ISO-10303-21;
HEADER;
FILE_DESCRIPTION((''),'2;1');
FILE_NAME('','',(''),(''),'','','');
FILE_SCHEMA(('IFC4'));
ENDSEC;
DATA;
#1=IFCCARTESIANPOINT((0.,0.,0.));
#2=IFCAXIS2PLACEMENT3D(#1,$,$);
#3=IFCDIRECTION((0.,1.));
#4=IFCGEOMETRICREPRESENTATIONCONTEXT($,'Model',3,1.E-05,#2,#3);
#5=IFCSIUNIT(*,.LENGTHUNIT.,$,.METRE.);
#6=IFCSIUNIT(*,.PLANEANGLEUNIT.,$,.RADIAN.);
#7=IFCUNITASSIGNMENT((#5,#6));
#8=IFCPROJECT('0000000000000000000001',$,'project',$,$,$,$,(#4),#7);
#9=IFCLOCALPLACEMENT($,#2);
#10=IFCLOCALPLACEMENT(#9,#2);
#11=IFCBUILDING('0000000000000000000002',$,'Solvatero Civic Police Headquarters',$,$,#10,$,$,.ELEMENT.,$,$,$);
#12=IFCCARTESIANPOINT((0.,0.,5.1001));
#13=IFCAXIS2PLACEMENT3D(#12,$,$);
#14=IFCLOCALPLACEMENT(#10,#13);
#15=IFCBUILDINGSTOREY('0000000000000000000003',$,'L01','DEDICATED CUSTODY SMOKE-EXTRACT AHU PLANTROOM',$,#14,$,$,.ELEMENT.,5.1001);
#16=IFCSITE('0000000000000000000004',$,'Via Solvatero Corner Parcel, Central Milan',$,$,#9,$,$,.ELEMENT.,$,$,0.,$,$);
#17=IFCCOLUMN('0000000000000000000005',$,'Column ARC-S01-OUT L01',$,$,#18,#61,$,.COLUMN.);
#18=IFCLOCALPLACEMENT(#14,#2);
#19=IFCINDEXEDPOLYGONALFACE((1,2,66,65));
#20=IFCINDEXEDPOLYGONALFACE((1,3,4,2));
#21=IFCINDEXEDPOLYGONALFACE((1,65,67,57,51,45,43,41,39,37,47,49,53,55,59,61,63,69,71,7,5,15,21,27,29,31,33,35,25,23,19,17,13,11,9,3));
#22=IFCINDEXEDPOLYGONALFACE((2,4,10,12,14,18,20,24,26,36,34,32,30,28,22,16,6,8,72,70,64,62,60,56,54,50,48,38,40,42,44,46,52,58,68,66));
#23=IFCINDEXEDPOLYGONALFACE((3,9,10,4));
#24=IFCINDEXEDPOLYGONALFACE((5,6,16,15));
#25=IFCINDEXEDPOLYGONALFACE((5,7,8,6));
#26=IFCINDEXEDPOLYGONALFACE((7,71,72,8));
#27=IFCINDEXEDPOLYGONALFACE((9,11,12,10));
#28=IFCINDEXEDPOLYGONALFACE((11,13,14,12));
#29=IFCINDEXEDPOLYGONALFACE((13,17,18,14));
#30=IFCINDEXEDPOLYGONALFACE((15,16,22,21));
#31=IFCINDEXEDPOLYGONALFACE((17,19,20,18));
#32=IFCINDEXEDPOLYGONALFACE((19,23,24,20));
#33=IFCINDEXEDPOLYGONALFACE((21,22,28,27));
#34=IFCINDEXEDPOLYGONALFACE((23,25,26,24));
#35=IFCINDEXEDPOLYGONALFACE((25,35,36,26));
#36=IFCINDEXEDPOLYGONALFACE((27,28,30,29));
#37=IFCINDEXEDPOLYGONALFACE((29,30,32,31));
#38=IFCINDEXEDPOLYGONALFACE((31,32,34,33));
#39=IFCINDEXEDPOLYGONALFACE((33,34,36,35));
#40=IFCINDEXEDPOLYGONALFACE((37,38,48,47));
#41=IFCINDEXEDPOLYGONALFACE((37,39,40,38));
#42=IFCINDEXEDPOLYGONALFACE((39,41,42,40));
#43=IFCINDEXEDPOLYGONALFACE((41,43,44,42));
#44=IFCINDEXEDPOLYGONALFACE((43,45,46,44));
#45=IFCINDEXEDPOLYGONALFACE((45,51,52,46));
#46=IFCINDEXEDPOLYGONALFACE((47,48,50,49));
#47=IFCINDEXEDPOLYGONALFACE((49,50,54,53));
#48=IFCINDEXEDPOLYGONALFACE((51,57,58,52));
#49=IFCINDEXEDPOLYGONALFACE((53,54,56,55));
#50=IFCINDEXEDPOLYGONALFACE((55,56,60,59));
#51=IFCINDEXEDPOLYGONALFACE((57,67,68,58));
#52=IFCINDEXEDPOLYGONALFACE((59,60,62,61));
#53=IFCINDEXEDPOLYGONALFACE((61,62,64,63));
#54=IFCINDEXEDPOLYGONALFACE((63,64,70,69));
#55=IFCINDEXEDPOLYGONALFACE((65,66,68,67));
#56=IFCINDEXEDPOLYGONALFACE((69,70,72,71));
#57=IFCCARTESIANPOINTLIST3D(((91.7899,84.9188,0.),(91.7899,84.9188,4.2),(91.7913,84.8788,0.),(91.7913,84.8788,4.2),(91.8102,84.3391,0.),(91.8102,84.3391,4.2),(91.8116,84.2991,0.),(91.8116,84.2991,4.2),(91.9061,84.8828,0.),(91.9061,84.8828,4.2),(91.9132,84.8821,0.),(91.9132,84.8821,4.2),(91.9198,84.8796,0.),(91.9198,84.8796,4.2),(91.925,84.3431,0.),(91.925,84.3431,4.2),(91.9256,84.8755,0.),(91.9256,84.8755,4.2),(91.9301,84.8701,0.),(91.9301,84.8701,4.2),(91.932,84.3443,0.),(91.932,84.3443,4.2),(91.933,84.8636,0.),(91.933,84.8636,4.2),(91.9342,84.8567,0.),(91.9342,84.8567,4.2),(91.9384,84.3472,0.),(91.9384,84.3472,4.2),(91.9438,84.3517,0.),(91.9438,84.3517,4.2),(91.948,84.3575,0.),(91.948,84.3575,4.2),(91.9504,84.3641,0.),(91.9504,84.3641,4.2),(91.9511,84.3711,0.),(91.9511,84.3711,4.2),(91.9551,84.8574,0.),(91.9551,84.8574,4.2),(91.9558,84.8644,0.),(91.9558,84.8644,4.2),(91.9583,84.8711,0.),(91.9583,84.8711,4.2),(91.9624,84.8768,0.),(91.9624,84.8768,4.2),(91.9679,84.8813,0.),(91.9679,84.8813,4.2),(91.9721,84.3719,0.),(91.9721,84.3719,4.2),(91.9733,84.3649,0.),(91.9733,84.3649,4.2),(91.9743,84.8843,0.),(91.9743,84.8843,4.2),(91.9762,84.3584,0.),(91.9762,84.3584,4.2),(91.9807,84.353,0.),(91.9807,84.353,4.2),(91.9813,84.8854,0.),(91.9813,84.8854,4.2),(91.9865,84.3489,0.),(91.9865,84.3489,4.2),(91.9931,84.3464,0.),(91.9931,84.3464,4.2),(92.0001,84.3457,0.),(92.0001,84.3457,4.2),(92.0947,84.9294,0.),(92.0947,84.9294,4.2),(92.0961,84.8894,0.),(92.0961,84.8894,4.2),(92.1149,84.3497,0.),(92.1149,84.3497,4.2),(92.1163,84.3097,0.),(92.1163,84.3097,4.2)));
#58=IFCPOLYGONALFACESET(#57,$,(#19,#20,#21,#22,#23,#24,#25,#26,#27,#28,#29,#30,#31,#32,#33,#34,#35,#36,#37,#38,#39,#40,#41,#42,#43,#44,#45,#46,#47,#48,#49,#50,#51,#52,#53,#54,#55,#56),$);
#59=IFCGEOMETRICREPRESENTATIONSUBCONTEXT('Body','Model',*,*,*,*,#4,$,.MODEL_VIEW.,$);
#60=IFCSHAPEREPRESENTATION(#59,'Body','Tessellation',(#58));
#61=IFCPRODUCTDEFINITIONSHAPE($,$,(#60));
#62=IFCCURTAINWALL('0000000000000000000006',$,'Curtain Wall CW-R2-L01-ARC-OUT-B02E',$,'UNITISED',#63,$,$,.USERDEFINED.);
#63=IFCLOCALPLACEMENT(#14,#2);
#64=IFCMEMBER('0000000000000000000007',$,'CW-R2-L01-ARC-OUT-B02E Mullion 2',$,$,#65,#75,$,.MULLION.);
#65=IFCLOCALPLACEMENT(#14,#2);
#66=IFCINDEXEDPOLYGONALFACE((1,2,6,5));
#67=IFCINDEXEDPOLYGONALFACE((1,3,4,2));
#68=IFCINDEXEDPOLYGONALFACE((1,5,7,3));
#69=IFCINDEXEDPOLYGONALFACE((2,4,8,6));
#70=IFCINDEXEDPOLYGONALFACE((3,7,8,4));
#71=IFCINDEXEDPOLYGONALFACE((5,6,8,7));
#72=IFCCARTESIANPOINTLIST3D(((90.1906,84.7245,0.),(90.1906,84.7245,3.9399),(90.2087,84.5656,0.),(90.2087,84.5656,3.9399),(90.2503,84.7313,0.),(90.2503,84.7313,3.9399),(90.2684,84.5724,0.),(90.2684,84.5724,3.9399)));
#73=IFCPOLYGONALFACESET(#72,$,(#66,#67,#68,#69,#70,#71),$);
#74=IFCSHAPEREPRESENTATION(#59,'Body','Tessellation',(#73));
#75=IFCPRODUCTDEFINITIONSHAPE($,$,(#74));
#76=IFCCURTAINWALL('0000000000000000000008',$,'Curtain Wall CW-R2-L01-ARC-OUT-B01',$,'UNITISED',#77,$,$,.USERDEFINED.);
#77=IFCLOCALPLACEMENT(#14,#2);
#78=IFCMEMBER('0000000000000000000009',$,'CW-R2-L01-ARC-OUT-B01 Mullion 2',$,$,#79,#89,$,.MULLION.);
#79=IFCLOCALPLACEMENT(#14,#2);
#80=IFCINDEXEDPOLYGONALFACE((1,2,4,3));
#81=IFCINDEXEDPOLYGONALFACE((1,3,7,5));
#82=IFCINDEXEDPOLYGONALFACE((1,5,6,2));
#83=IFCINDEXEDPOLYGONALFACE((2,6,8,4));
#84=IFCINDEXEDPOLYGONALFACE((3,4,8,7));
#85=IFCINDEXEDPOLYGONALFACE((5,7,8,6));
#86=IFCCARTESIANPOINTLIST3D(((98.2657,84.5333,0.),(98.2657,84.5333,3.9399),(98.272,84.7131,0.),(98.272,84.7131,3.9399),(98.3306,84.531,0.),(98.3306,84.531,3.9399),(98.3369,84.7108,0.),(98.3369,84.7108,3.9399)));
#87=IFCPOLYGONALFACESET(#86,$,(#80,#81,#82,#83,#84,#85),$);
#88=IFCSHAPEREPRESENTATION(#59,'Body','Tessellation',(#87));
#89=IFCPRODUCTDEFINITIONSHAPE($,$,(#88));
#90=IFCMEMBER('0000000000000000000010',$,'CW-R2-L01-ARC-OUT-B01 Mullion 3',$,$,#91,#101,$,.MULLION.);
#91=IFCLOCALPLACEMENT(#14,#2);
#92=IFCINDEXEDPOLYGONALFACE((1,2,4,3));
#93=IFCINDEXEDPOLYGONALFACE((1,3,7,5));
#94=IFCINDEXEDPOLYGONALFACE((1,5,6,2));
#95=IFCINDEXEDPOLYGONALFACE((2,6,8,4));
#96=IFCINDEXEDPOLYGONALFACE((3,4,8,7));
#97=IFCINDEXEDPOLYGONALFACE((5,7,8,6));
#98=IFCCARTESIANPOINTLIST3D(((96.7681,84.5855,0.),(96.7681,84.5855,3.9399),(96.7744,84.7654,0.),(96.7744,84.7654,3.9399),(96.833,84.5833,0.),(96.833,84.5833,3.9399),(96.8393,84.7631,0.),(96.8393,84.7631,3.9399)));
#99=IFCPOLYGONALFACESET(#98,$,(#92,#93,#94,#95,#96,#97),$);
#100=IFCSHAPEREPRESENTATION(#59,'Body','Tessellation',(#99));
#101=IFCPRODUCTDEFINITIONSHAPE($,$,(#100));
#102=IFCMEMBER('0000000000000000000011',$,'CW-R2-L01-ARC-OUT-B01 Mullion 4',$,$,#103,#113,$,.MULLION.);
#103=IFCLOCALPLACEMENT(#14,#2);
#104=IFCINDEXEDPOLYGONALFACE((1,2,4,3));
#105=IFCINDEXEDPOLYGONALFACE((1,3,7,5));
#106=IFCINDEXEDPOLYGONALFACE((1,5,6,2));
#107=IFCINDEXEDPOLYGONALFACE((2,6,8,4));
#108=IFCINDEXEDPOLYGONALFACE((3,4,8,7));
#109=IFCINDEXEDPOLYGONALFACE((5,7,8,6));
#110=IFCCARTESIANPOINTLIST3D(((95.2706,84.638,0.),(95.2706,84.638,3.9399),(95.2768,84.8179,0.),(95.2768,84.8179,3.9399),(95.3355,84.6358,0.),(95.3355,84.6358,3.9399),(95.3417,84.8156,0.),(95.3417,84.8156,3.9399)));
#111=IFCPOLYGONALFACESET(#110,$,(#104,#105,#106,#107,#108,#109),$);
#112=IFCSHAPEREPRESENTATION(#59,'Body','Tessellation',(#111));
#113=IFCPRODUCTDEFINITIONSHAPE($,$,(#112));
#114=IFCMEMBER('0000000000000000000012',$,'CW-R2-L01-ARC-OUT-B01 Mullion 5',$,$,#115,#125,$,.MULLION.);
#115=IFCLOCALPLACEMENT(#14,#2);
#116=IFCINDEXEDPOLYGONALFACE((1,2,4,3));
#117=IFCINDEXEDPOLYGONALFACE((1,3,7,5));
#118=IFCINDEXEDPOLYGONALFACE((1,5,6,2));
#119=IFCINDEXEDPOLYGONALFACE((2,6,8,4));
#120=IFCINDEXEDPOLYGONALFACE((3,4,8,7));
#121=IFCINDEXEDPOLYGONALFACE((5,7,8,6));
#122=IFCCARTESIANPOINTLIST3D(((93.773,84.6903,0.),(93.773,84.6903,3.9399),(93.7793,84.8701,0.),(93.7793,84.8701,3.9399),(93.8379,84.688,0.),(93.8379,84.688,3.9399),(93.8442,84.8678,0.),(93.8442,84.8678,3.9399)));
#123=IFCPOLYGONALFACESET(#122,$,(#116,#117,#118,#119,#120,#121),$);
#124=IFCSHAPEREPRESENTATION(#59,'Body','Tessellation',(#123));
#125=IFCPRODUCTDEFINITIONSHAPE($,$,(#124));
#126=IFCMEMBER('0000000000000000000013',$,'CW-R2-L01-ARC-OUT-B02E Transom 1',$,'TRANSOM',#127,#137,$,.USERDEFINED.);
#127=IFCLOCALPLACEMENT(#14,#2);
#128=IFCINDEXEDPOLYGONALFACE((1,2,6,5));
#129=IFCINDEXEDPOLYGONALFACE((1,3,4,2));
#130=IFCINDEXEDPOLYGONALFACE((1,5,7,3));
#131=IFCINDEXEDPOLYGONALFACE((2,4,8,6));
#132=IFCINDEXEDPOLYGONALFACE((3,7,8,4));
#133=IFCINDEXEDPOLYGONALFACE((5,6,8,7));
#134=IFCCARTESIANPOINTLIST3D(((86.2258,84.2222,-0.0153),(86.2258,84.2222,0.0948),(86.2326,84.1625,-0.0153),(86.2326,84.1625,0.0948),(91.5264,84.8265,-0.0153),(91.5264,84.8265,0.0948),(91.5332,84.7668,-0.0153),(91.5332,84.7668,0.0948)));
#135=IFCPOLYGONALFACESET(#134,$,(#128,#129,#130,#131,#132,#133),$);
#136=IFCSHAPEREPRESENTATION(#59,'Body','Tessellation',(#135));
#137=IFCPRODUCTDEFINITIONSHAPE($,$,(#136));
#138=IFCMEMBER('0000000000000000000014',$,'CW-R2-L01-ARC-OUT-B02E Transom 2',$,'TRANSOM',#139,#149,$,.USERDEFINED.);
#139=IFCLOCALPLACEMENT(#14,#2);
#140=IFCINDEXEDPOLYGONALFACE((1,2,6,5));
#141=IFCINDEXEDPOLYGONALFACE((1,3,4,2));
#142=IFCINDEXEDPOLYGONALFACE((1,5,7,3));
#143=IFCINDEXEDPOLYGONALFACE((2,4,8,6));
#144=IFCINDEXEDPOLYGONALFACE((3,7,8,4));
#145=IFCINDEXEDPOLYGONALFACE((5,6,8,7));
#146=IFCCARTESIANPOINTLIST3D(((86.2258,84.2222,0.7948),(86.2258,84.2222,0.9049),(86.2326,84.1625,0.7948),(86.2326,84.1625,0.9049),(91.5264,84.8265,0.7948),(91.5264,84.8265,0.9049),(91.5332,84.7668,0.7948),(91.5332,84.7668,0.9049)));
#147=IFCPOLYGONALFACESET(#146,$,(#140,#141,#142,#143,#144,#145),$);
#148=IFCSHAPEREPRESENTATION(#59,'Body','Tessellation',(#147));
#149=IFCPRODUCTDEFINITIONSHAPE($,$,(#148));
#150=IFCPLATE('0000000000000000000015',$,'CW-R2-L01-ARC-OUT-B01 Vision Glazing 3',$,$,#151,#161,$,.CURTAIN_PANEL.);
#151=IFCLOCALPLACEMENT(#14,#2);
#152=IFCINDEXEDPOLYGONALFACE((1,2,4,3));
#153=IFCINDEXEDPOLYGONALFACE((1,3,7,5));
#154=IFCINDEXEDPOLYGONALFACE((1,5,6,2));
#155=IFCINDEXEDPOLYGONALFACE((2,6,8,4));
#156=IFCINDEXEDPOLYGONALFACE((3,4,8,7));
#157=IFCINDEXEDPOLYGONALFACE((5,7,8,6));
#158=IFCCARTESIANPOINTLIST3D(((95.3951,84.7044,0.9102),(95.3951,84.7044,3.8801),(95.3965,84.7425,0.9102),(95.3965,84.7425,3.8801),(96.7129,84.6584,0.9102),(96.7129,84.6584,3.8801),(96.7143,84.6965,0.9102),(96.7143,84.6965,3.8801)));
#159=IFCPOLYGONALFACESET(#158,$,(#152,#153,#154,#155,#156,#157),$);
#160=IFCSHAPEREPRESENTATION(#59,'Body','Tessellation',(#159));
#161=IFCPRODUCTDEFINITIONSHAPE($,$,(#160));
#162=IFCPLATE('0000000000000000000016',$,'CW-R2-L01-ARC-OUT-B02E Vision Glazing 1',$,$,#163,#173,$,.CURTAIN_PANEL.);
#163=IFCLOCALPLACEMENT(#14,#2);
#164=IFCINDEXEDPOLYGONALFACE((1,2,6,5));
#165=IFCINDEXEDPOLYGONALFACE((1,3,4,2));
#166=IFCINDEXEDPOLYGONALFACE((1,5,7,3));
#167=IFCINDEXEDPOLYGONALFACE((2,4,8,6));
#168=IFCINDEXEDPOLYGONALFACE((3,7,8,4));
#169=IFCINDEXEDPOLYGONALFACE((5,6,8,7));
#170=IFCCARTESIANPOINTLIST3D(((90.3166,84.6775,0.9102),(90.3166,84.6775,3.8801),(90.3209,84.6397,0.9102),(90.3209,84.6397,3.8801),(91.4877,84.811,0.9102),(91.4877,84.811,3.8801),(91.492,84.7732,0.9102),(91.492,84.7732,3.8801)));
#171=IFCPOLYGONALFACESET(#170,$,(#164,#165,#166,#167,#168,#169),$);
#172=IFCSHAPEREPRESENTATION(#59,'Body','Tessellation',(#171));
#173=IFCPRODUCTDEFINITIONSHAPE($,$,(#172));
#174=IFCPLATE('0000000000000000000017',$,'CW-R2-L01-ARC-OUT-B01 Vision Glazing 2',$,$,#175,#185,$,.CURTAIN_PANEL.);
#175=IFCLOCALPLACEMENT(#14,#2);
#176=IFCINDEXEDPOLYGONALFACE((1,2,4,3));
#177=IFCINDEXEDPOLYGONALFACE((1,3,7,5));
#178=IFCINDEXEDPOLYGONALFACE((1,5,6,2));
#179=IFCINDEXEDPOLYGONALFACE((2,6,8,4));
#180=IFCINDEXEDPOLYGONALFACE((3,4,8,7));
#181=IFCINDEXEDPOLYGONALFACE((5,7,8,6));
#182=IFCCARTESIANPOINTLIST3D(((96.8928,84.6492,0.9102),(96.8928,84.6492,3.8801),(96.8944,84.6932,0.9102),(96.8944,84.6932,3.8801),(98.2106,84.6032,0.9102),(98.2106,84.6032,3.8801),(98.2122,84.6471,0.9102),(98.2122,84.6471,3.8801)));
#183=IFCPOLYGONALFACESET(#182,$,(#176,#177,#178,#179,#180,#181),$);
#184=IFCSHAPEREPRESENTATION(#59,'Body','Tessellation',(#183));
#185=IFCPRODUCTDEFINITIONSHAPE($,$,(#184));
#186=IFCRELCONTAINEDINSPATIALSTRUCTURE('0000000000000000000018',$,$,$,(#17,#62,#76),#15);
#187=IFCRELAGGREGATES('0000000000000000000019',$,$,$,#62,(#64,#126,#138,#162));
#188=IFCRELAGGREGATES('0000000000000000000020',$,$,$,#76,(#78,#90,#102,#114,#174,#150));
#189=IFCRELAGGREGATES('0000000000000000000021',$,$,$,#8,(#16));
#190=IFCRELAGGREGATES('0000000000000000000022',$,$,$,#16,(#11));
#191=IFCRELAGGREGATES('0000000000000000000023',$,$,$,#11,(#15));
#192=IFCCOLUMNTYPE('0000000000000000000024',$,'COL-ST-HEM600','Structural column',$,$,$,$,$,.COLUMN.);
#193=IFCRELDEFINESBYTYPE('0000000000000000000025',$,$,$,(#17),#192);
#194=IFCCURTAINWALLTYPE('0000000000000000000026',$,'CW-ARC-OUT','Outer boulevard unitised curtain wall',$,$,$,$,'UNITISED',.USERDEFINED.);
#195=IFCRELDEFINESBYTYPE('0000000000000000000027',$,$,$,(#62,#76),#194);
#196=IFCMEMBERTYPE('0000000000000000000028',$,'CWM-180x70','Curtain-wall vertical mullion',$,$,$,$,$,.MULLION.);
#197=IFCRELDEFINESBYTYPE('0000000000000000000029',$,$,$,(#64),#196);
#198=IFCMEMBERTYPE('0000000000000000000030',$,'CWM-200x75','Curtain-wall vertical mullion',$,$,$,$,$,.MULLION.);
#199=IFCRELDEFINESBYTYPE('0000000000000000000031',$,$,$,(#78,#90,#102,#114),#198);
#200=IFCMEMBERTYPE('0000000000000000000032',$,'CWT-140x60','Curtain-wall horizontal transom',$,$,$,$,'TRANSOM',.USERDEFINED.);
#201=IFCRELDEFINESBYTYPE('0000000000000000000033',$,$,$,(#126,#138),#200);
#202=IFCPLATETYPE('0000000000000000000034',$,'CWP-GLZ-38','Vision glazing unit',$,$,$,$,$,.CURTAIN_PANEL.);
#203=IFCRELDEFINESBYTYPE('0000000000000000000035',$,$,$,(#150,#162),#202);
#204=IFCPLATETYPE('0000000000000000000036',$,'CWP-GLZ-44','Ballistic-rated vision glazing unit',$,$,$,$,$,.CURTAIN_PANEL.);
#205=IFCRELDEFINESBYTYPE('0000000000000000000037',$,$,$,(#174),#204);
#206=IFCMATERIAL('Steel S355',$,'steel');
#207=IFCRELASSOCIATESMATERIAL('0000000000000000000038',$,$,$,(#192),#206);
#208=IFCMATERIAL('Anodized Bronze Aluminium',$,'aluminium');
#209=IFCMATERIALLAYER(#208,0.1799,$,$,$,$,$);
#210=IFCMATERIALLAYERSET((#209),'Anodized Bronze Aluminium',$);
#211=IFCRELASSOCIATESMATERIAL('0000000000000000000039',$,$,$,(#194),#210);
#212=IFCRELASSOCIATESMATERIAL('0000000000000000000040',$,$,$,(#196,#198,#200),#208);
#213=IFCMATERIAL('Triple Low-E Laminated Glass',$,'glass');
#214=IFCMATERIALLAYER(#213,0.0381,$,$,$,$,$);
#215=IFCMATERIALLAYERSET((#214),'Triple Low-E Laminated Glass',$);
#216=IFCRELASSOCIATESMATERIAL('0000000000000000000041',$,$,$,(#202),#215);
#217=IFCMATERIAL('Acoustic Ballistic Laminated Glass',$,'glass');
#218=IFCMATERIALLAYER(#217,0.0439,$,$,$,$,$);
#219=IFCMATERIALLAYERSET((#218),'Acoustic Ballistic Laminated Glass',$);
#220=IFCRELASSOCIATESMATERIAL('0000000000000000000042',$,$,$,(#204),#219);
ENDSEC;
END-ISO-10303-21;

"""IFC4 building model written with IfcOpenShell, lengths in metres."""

from ifc_helpers import new_model, si_unit, direction, frame, origin, origin_2d, place, context, subcontext, project, spatial, rectangle, i_section, extrude, material, layer, layer_set, material_profile, profile_set, type_object, element, aggregate, save


model = new_model("IFC4")

# Units and contexts
model_context = context("Model", 3, precision=1e-05, world=origin(), true_north=direction((0.0, 1.0)))
body_context = subcontext(model_context, "Body", "Model", "MODEL_VIEW")
ifc_project = project(units=[si_unit("LENGTHUNIT", "METRE"), si_unit("PLANEANGLEUNIT", "RADIAN")], contexts=[model_context])

# Site, building, storey
site_placement = place(None, origin())
site = spatial("IfcSite", under=ifc_project, at=site_placement, Name="Via Solvatero Corner Parcel, Central Milan", CompositionType="ELEMENT", RefElevation=0.0)
building_placement = place(site_placement, origin())
building = spatial("IfcBuilding", under=site, at=building_placement, Name="Solvatero Civic Police Headquarters", CompositionType="ELEMENT")
storey_placement = place(building_placement, frame((0.0, 0.0, 5.1001)))
storey = spatial("IfcBuildingStorey", under=building, at=storey_placement, Name="L01", Description="DEDICATED CUSTODY SMOKE-EXTRACT AHU PLANTROOM", CompositionType="ELEMENT", Elevation=5.1001)

# Column
ifc_material_1 = material(Name="Steel S355", Category="steel")
ifc_material_profile_1 = material_profile(ifc_material_1, i_section(OverallWidth=0.3049, OverallDepth=0.6201, WebThickness=0.021, FlangeThickness=0.04, FilletRadius=0.0271, at=origin_2d()), Name="HEM 600")
ifc_profile_set_1 = profile_set([ifc_material_profile_1], Name="Steel S355")
column_type = type_object("IfcColumnType", Name="COL-ST-HEM600", Description="Structural column", PredefinedType="COLUMN", material=ifc_profile_set_1)
column_placement = place(storey_placement, frame((91.9531, 84.6143, 0.0), z_axis=(0.0, 0.0, 1.0), x_axis=(0.999391, 0.034899, 0.0)))
element("IfcColumn", 1, at=column_placement, inside=storey, type_object=column_type, Name="Column ARC-S01-OUT L01", PredefinedType="COLUMN", context=body_context, shape_type="SweptSolid", body=[
    extrude(i_section(OverallWidth=0.3049, OverallDepth=0.6201, WebThickness=0.021, FlangeThickness=0.04, FilletRadius=0.0271, at=origin_2d()), origin(), (0.0, 0.0, 1.0), 4.2),
])

# Curtain wall, member
ifc_material_2 = material(Name="Anodized Bronze Aluminium", Category="aluminium")
ifc_layer_1 = layer(ifc_material_2, 0.1799)
ifc_layer_set_1 = layer_set([ifc_layer_1], Name="Anodized Bronze Aluminium")
curtain_wall_type = type_object("IfcCurtainWallType", Name="CW-ARC-OUT", Description="Outer boulevard unitised curtain wall", ElementType="UNITISED", PredefinedType="USERDEFINED", material=ifc_layer_set_1)
curtain_wall_1_placement = place(storey_placement, origin())
curtain_wall_1 = element("IfcCurtainWall", 2, at=curtain_wall_1_placement, inside=storey, type_object=curtain_wall_type, Name="Curtain Wall CW-R2-L01-ARC-OUT-B02E", ObjectType="UNITISED", PredefinedType="USERDEFINED")
ifc_material_profile_2 = material_profile(ifc_material_2, rectangle(XDim=0.0601, YDim=0.1599, at=origin_2d()), Name="ALU MULLION 60x160")
ifc_profile_set_2 = profile_set([ifc_material_profile_2], Name="Anodized Bronze Aluminium")
member_type_1 = type_object("IfcMemberType", Name="CWM-180x70", Description="Curtain-wall vertical mullion", PredefinedType="MULLION", material=ifc_profile_set_2)
member_1_placement = place(storey_placement, frame((90.2295, 84.6484, 0.0), z_axis=(0.0, 0.0, 1.0), x_axis=(-0.993564, -0.113273, 0.0)))
member_1 = element("IfcMember", 3, at=member_1_placement, type_object=member_type_1, Name="CW-R2-L01-ARC-OUT-B02E Mullion 2", PredefinedType="MULLION", context=body_context, shape_type="SweptSolid", body=[
    extrude(rectangle(XDim=0.0601, YDim=0.1599, at=origin_2d()), origin(), (0.0, 0.0, 1.0), 3.9399),
])

# Curtain wall, members
curtain_wall_2_placement = place(storey_placement, origin())
curtain_wall_2 = element("IfcCurtainWall", 4, at=curtain_wall_2_placement, inside=storey, type_object=curtain_wall_type, Name="Curtain Wall CW-R2-L01-ARC-OUT-B01", ObjectType="UNITISED", PredefinedType="USERDEFINED")
ifc_material_profile_3 = material_profile(ifc_material_2, rectangle(XDim=0.0649, YDim=0.1799, at=origin_2d()), Name="ALU MULLION 65x180")
ifc_profile_set_3 = profile_set([ifc_material_profile_3], Name="Anodized Bronze Aluminium")
member_type_2 = type_object("IfcMemberType", Name="CWM-200x75", Description="Curtain-wall vertical mullion", PredefinedType="MULLION", material=ifc_profile_set_3)
member_2_placement = place(storey_placement, frame((98.3013, 84.6221, 0.0), z_axis=(0.0, 0.0, 1.0), x_axis=(-0.999391, 0.034899, 0.0)))
member_2 = element("IfcMember", 5, at=member_2_placement, type_object=member_type_2, Name="CW-R2-L01-ARC-OUT-B01 Mullion 2", PredefinedType="MULLION", context=body_context, shape_type="SweptSolid", body=[
    extrude(rectangle(XDim=0.0649, YDim=0.1799, at=origin_2d()), origin(), (0.0, 0.0, 1.0), 3.9399),
])
member_3_placement = place(storey_placement, frame((96.8037, 84.6743, 0.0), z_axis=(0.0, 0.0, 1.0), x_axis=(-0.999391, 0.034899, 0.0)))
member_3 = element("IfcMember", 6, at=member_3_placement, type_object=member_type_2, Name="CW-R2-L01-ARC-OUT-B01 Mullion 3", PredefinedType="MULLION", context=body_context, shape_type="SweptSolid", body=[
    extrude(rectangle(XDim=0.0649, YDim=0.1799, at=origin_2d()), origin(), (0.0, 0.0, 1.0), 3.9399),
])
member_4_placement = place(storey_placement, frame((95.3062, 84.7268, 0.0), z_axis=(0.0, 0.0, 1.0), x_axis=(-0.999391, 0.034899, 0.0)))
member_4 = element("IfcMember", 7, at=member_4_placement, type_object=member_type_2, Name="CW-R2-L01-ARC-OUT-B01 Mullion 4", PredefinedType="MULLION", context=body_context, shape_type="SweptSolid", body=[
    extrude(rectangle(XDim=0.0649, YDim=0.1799, at=origin_2d()), origin(), (0.0, 0.0, 1.0), 3.9399),
])
member_5_placement = place(storey_placement, frame((93.8086, 84.7791, 0.0), z_axis=(0.0, 0.0, 1.0), x_axis=(-0.999391, 0.034899, 0.0)))
member_5 = element("IfcMember", 8, at=member_5_placement, type_object=member_type_2, Name="CW-R2-L01-ARC-OUT-B01 Mullion 5", PredefinedType="MULLION", context=body_context, shape_type="SweptSolid", body=[
    extrude(rectangle(XDim=0.0649, YDim=0.1799, at=origin_2d()), origin(), (0.0, 0.0, 1.0), 3.9399),
])

# Members
ifc_material_profile_4 = material_profile(ifc_material_2, rectangle(XDim=0.0601, YDim=0.1101, at=origin_2d()), Name="ALU TRANSOM 60x110")
ifc_profile_set_4 = profile_set([ifc_material_profile_4], Name="Anodized Bronze Aluminium")
member_type_3 = type_object("IfcMemberType", Name="CWT-140x60", Description="Curtain-wall horizontal transom", ElementType="TRANSOM", PredefinedType="USERDEFINED", material=ifc_profile_set_4)
member_6_placement = place(storey_placement, frame((91.5298, 84.7966, 0.0398), z_axis=(-0.993565, -0.113264, 0.0), x_axis=(0.113264, -0.993565, 0.0)))
member_6 = element("IfcMember", 9, at=member_6_placement, type_object=member_type_3, Name="CW-R2-L01-ARC-OUT-B02E Transom 1", ObjectType="TRANSOM", PredefinedType="USERDEFINED", context=body_context, shape_type="SweptSolid", body=[
    extrude(rectangle(XDim=0.0601, YDim=0.1101, at=origin_2d()), origin(), (0.0, 0.0, 1.0), 5.335),
])
member_7_placement = place(storey_placement, frame((91.5298, 84.7966, 0.8499), z_axis=(-0.993565, -0.113264, 0.0), x_axis=(0.113264, -0.993565, 0.0)))
member_7 = element("IfcMember", 10, at=member_7_placement, type_object=member_type_3, Name="CW-R2-L01-ARC-OUT-B02E Transom 2", ObjectType="TRANSOM", PredefinedType="USERDEFINED", context=body_context, shape_type="SweptSolid", body=[
    extrude(rectangle(XDim=0.0601, YDim=0.1101, at=origin_2d()), origin(), (0.0, 0.0, 1.0), 5.335),
])

# Plates
ifc_material_3 = material(Name="Triple Low-E Laminated Glass", Category="glass")
ifc_layer_2 = layer(ifc_material_3, 0.0381)
ifc_layer_set_2 = layer_set([ifc_layer_2], Name="Triple Low-E Laminated Glass")
plate_type_1 = type_object("IfcPlateType", Name="CWP-GLZ-38", Description="Vision glazing unit", PredefinedType="CURTAIN_PANEL", material=ifc_layer_set_2)
plate_1_placement = place(storey_placement, frame((96.0547, 84.7004, 0.9102), z_axis=(0.0, 0.0, 1.0), x_axis=(-0.999391, 0.034899, 0.0)))
plate_1 = element("IfcPlate", 11, at=plate_1_placement, type_object=plate_type_1, Name="CW-R2-L01-ARC-OUT-B01 Vision Glazing 3", PredefinedType="CURTAIN_PANEL", context=body_context, shape_type="SweptSolid", body=[
    extrude(rectangle(XDim=1.3186, YDim=0.0381, at=origin_2d()), origin(), (0.0, 0.0, 1.0), 2.97),
])
plate_2_placement = place(storey_placement, frame((90.9043, 84.7253, 0.9102), z_axis=(0.0, 0.0, 1.0), x_axis=(-0.993564, -0.113273, 0.0)))
plate_2 = element("IfcPlate", 12, at=plate_2_placement, type_object=plate_type_1, Name="CW-R2-L01-ARC-OUT-B02E Vision Glazing 1", PredefinedType="CURTAIN_PANEL", context=body_context, shape_type="SweptSolid", body=[
    extrude(rectangle(XDim=1.1787, YDim=0.0381, at=origin_2d()), origin(), (0.0, 0.0, 1.0), 2.97),
])
ifc_material_4 = material(Name="Acoustic Ballistic Laminated Glass", Category="glass")
ifc_layer_3 = layer(ifc_material_4, 0.0439)
ifc_layer_set_3 = layer_set([ifc_layer_3], Name="Acoustic Ballistic Laminated Glass")
plate_type_2 = type_object("IfcPlateType", Name="CWP-GLZ-44", Description="Ballistic-rated vision glazing unit", PredefinedType="CURTAIN_PANEL", material=ifc_layer_set_3)
plate_3_placement = place(storey_placement, frame((97.5525, 84.6482, 0.9102), z_axis=(0.0, 0.0, 1.0), x_axis=(-0.999391, 0.034899, 0.0)))
plate_3 = element("IfcPlate", 13, at=plate_3_placement, type_object=plate_type_2, Name="CW-R2-L01-ARC-OUT-B01 Vision Glazing 2", PredefinedType="CURTAIN_PANEL", context=body_context, shape_type="SweptSolid", body=[
    extrude(rectangle(XDim=1.3186, YDim=0.0439, at=origin_2d()), origin(), (0.0, 0.0, 1.0), 2.97),
])
aggregate(curtain_wall_1, [member_1, member_6, member_7, plate_2])
aggregate(curtain_wall_2, [member_2, member_3, member_4, member_5, plate_3, plate_1])

save(model, "model.ifc")
